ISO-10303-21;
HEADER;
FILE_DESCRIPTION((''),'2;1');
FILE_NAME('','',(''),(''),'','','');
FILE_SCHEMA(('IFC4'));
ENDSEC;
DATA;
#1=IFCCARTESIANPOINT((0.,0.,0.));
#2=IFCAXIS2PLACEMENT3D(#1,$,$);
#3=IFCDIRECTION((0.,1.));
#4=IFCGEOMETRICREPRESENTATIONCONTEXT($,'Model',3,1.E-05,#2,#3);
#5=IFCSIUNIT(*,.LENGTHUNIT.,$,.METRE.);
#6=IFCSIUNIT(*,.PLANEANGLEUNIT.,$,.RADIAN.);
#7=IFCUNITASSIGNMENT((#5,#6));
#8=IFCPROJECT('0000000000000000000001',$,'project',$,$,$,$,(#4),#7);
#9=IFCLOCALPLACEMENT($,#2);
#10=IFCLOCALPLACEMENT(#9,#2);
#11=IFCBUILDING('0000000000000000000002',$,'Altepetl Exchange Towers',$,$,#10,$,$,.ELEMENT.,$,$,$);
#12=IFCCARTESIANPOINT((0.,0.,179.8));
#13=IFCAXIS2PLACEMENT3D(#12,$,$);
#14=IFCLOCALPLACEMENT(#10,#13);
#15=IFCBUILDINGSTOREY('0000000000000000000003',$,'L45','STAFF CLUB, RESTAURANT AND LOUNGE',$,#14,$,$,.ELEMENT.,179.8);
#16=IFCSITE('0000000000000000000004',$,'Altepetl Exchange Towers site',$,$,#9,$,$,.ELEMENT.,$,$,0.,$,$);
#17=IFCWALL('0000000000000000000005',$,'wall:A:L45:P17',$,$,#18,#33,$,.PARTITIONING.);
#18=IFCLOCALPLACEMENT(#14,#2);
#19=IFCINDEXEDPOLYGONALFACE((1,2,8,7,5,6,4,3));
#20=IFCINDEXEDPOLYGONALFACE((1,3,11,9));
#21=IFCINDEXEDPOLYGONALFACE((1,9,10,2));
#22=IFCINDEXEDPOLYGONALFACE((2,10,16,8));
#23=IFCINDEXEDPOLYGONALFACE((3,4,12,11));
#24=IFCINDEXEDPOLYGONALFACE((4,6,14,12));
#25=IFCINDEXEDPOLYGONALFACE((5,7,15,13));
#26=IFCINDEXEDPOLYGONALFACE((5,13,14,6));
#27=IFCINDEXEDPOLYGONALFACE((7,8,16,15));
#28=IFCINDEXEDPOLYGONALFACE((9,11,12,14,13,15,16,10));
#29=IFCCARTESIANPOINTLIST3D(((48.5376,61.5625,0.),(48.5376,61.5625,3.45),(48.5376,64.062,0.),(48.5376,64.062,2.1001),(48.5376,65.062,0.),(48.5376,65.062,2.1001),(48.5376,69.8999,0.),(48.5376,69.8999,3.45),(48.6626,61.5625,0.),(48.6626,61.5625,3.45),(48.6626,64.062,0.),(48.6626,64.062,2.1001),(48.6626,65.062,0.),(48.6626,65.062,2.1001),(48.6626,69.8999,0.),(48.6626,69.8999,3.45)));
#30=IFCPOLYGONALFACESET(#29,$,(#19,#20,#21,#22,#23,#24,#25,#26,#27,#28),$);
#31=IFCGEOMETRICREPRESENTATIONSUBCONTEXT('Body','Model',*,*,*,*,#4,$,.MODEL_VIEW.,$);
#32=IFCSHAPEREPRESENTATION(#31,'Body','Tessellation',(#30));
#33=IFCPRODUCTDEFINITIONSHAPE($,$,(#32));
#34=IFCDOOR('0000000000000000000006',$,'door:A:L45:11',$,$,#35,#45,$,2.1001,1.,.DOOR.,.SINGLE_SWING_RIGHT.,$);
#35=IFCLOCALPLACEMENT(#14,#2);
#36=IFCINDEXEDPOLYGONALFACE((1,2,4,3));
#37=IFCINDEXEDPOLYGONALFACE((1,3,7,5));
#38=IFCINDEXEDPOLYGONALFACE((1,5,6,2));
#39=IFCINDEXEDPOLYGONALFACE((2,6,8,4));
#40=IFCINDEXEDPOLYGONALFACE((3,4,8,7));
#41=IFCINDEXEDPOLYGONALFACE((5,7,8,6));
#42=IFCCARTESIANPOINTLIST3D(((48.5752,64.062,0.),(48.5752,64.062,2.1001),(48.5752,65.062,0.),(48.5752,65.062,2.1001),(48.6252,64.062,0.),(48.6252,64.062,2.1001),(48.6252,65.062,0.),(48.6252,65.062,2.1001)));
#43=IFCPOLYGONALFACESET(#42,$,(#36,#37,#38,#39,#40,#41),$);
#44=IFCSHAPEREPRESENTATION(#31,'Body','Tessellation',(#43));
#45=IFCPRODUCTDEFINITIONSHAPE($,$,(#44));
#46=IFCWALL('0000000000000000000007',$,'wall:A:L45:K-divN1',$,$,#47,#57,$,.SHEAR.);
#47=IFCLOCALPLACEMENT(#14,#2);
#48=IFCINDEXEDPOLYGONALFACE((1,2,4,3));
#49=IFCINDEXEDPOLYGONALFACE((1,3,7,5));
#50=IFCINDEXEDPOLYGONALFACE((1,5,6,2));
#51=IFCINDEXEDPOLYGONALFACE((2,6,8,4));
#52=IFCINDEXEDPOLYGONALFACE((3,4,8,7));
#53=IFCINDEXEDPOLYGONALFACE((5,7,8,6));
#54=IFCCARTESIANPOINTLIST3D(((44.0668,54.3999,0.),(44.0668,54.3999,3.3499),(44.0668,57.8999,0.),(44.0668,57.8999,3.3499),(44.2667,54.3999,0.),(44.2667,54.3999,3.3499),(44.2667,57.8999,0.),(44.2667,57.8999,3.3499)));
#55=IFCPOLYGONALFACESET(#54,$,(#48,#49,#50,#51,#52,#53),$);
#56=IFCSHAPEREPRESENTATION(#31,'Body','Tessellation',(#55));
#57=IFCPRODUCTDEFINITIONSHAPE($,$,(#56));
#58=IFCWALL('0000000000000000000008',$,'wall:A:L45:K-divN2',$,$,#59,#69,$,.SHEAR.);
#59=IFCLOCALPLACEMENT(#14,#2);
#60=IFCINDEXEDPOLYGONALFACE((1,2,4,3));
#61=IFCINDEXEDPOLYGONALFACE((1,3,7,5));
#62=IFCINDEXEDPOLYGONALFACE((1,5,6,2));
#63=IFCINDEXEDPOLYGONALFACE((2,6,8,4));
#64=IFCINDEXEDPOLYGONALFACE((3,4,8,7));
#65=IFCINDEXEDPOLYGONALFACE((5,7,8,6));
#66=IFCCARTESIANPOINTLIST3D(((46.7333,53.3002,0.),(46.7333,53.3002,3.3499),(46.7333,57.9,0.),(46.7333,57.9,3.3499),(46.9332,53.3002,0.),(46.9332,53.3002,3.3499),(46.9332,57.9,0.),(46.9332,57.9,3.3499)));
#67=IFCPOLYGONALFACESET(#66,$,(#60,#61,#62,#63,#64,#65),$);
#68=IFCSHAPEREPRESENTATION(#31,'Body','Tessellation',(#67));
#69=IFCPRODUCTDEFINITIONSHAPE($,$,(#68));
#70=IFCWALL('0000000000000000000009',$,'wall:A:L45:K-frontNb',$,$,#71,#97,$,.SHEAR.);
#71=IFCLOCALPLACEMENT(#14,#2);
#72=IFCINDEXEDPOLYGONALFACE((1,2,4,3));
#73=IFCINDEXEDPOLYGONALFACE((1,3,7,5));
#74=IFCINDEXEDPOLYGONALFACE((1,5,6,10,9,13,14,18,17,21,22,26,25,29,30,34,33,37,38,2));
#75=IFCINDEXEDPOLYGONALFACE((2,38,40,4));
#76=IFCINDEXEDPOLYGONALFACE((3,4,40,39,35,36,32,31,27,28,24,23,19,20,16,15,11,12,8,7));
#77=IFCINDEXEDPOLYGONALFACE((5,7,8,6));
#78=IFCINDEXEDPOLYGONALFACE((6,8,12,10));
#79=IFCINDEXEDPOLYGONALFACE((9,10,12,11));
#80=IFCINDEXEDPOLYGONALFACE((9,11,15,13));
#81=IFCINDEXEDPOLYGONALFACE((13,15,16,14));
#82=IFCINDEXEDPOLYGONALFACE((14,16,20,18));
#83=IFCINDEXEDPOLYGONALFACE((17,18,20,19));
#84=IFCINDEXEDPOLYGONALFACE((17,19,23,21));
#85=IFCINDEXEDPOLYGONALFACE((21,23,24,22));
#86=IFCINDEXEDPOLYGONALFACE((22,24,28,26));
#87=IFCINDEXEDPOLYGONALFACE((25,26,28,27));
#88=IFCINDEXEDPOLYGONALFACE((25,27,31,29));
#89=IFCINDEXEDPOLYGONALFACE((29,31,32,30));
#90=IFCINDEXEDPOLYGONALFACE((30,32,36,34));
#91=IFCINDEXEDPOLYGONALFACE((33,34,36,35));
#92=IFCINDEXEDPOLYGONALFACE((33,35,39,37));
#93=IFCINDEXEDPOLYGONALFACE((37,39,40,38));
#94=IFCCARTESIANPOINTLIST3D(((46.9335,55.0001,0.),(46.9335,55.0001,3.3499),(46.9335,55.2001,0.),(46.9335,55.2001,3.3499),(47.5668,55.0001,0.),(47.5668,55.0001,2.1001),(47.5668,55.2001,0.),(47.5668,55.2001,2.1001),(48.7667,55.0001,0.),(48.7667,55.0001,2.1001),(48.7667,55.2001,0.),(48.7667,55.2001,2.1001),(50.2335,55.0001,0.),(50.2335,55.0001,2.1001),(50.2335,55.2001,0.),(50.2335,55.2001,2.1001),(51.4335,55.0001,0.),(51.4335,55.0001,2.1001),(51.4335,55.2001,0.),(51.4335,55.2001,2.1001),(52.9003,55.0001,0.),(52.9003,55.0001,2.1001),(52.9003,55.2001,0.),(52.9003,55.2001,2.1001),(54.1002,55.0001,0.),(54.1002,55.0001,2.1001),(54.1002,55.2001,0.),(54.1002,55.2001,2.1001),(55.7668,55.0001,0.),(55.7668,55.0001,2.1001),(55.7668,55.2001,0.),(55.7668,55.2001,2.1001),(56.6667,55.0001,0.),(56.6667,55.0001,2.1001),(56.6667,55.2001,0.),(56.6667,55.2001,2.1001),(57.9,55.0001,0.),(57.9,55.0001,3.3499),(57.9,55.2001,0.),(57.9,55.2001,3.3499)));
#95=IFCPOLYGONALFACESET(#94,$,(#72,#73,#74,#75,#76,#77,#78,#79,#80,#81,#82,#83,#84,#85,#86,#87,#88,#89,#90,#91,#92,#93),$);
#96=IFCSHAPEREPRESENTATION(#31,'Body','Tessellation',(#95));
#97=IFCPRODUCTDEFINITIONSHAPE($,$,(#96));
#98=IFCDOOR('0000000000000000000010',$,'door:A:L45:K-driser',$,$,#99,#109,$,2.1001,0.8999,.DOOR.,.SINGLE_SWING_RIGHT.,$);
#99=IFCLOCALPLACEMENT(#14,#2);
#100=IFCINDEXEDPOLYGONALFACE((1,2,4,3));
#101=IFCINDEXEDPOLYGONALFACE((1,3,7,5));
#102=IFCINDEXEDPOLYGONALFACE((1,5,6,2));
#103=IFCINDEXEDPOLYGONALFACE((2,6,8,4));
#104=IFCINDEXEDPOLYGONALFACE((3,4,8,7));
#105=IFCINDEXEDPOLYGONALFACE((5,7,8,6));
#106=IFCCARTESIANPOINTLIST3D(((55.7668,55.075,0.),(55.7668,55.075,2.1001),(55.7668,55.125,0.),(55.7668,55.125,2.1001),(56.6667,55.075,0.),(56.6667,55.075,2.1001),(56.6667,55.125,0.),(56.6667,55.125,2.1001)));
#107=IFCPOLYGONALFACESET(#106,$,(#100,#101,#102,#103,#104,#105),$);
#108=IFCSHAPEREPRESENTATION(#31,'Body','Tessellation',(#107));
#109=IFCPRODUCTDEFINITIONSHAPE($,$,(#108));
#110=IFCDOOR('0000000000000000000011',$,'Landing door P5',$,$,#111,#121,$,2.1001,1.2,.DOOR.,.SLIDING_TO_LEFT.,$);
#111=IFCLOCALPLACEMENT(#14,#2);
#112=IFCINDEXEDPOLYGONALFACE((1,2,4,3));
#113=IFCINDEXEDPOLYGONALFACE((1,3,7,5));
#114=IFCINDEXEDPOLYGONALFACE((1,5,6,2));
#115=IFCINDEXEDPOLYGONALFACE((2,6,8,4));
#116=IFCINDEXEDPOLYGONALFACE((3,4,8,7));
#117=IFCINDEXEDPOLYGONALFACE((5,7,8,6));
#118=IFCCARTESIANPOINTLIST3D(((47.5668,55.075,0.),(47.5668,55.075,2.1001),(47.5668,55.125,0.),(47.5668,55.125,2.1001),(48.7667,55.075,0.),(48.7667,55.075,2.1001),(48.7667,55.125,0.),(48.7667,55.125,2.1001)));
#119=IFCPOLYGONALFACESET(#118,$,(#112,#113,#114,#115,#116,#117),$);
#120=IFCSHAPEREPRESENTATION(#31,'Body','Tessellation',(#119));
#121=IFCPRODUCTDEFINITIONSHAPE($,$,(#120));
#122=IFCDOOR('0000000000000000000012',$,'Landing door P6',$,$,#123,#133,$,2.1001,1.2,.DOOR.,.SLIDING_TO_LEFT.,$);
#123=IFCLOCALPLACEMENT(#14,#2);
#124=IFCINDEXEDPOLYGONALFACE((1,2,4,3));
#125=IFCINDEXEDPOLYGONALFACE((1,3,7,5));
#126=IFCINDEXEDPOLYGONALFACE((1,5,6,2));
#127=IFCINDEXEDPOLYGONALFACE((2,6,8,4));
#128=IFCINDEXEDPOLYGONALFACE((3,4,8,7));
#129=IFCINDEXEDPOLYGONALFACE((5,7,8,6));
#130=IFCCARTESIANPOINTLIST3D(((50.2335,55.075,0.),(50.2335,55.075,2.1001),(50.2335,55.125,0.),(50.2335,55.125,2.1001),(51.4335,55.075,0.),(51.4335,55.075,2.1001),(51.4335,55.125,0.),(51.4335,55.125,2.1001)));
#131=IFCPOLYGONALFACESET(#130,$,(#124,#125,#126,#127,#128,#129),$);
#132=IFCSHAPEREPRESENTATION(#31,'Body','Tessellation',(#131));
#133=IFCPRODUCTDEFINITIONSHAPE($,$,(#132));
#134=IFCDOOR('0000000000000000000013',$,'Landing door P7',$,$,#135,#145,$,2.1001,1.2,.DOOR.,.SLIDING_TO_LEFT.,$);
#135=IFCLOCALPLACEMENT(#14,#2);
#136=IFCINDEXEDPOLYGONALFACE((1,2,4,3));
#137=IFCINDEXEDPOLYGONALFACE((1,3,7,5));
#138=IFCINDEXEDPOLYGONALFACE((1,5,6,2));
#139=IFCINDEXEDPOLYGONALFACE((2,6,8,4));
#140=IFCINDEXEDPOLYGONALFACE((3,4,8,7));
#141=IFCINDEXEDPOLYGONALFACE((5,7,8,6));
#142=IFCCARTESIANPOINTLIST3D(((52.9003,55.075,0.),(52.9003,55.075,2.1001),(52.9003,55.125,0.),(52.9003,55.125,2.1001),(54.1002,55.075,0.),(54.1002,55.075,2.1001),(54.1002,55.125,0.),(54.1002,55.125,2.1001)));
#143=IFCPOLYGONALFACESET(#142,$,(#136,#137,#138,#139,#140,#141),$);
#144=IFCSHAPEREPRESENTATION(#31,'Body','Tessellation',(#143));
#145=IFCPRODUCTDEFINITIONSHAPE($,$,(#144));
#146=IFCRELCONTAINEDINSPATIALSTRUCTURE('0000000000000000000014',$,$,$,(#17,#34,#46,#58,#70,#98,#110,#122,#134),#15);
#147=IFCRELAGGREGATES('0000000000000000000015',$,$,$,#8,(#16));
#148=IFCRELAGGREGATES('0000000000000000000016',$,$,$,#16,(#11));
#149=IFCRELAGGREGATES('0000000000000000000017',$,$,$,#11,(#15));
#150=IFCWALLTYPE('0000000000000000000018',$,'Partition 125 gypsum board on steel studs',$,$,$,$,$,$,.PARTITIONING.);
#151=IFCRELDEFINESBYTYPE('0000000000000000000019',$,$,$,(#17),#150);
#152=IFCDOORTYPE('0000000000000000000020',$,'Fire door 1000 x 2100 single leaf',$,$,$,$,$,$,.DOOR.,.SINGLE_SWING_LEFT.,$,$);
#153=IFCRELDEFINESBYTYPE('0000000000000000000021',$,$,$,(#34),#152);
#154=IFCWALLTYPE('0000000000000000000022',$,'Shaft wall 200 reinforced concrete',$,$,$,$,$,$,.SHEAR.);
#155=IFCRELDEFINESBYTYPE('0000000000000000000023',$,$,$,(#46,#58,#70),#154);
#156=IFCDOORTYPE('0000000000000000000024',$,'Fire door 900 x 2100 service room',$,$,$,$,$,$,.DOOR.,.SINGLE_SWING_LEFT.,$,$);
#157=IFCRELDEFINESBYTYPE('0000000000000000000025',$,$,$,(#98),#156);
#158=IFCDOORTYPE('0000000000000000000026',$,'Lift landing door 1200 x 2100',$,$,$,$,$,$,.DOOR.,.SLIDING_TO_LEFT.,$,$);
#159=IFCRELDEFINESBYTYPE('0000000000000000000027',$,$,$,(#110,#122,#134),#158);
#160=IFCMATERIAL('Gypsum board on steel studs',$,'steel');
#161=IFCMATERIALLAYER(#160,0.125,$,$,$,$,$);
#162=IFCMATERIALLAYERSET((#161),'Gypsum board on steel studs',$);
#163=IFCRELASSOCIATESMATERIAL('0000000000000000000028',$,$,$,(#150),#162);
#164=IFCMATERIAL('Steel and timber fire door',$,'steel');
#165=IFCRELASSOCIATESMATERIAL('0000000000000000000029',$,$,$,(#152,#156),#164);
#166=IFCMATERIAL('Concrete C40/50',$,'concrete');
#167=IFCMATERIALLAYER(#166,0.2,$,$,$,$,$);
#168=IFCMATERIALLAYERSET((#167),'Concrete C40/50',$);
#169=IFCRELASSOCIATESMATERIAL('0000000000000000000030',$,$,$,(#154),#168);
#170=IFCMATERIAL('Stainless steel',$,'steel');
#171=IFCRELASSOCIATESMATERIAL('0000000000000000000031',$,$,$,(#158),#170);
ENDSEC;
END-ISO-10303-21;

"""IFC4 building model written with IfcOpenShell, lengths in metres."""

from ifc_helpers import new_model, si_unit, direction, frame, frame_2d, origin, place, context, subcontext, project, spatial, rectangle, extrude, material, layer, layer_set, type_object, element, fill, save


model = new_model("IFC4")

# Units and contexts
model_context = context("Model", 3, precision=1e-05, world=origin(), true_north=direction((0.0, 1.0)))
body_context = subcontext(model_context, "Body", "Model", "MODEL_VIEW")
ifc_project = project(units=[si_unit("LENGTHUNIT", "METRE"), si_unit("PLANEANGLEUNIT", "RADIAN")], contexts=[model_context])

# Site, building, storey
site_placement = place(None, origin())
site = spatial("IfcSite", under=ifc_project, at=site_placement, Name="Altepetl Exchange Towers site", CompositionType="ELEMENT", RefElevation=0.0)
building_placement = place(site_placement, origin())
building = spatial("IfcBuilding", under=site, at=building_placement, Name="Altepetl Exchange Towers", CompositionType="ELEMENT")
storey_placement = place(building_placement, frame((0.0, 0.0, 179.8)))
storey = spatial("IfcBuildingStorey", under=building, at=storey_placement, Name="L45", Description="STAFF CLUB, RESTAURANT AND LOUNGE", CompositionType="ELEMENT", Elevation=179.8)

# Shared definitions
ifc_material_1 = material(Name="Steel and timber fire door", Category="steel")

# Shared definitions
ifc_material_2 = material(Name="Gypsum board on steel studs", Category="steel")
ifc_layer_1 = layer(ifc_material_2, 0.125)
ifc_layer_set_1 = layer_set([ifc_layer_1], Name="Gypsum board on steel studs")
wall_type_1 = type_object("IfcWallType", Name="Partition 125 gypsum board on steel studs", PredefinedType="PARTITIONING", material=ifc_layer_set_1)

# Wall, opening, door
wall_1_placement = place(storey_placement, frame((48.6001, 61.5625, 0.0), z_axis=(0.0, 0.0, 1.0), x_axis=(0.0, 1.0, 0.0)))
wall_1 = element("IfcWall", 1, at=wall_1_placement, inside=storey, type_object=wall_type_1, Name="wall:A:L45:P17", PredefinedType="PARTITIONING", context=body_context, shape_type="SweptSolid", body=[
    extrude(rectangle(XDim=8.3374, YDim=0.125, at=frame_2d((4.1687, 0.0))), origin(), (0.0, 0.0, 1.0), 3.45),
])
opening_1_placement = place(wall_1_placement, frame((2.4995, 0.0, 0.0)))
opening_1 = element("IfcOpeningElement", 2, at=opening_1_placement, cuts=wall_1, PredefinedType="OPENING", context=body_context, shape_type="SweptSolid", body=[
    extrude(rectangle(XDim=1.0, YDim=2.1001, at=frame_2d((0.5, 1.05))), frame((0.0, 0.0725, 0.0), z_axis=(0.0, -1.0, 0.0), x_axis=(1.0, 0.0, 0.0)), (0.0, 0.0, 1.0), 0.145),
])
door_type_1 = type_object("IfcDoorType", Name="Fire door 1000 x 2100 single leaf", OperationType="SINGLE_SWING_LEFT", PredefinedType="DOOR", material=ifc_material_1)
door_1_placement = place(opening_1_placement, origin())
door_1 = element("IfcDoor", 3, at=door_1_placement, inside=storey, type_object=door_type_1, Name="door:A:L45:11", OperationType="SINGLE_SWING_RIGHT", OverallHeight=2.1001, OverallWidth=1.0, PredefinedType="DOOR", context=body_context, shape_type="SweptSolid", body=[
    extrude(rectangle(XDim=1.0, YDim=2.1001, at=frame_2d((0.5, 1.05))), frame((0.0, 0.0249, 0.0), z_axis=(0.0, -1.0, 0.0), x_axis=(1.0, 0.0, 0.0)), (0.0, 0.0, 1.0), 0.05),
])
fill(opening_1, door_1)

# Walls
ifc_material_3 = material(Name="Concrete C40/50", Category="concrete")
ifc_layer_2 = layer(ifc_material_3, 0.2)
ifc_layer_set_2 = layer_set([ifc_layer_2], Name="Concrete C40/50")
wall_type_2 = type_object("IfcWallType", Name="Shaft wall 200 reinforced concrete", PredefinedType="SHEAR", material=ifc_layer_set_2)
wall_2_placement = place(storey_placement, frame((44.1667, 57.8999, 0.0), z_axis=(0.0, 0.0, 1.0), x_axis=(0.0, -1.0, 0.0)))
element("IfcWall", 4, at=wall_2_placement, inside=storey, type_object=wall_type_2, Name="wall:A:L45:K-divN1", PredefinedType="SHEAR", context=body_context, shape_type="SweptSolid", body=[
    extrude(rectangle(XDim=3.5, YDim=0.2, at=frame_2d((1.75, 0.0))), origin(), (0.0, 0.0, 1.0), 3.3499),
])
wall_3_placement = place(storey_placement, frame((46.8333, 57.8999, 0.0), z_axis=(0.0, 0.0, 1.0), x_axis=(0.0, -1.0, 0.0)))
element("IfcWall", 5, at=wall_3_placement, inside=storey, type_object=wall_type_2, Name="wall:A:L45:K-divN2", PredefinedType="SHEAR", context=body_context, shape_type="SweptSolid", body=[
    extrude(rectangle(XDim=4.5999, YDim=0.2, at=frame_2d((2.2998, 0.0))), origin(), (0.0, 0.0, 1.0), 3.3499),
])

# Wall, openings, doors
wall_4_placement = place(storey_placement, frame((46.9333, 55.1001, 0.0)))
wall_4 = element("IfcWall", 6, at=wall_4_placement, inside=storey, type_object=wall_type_2, Name="wall:A:L45:K-frontNb", PredefinedType="SHEAR", context=body_context, shape_type="SweptSolid", body=[
    extrude(rectangle(XDim=10.9666, YDim=0.2, at=frame_2d((5.4834, 0.0))), origin(), (0.0, 0.0, 1.0), 3.3499),
])
opening_2_placement = place(wall_4_placement, frame((8.8335, 0.0, 0.0)))
opening_2 = element("IfcOpeningElement", 7, at=opening_2_placement, cuts=wall_4, PredefinedType="OPENING", context=body_context, shape_type="SweptSolid", body=[
    extrude(rectangle(XDim=0.8999, YDim=2.1001, at=frame_2d((0.45, 1.05))), frame((0.0, 0.1099, 0.0), z_axis=(0.0, -1.0, 0.0), x_axis=(1.0, 0.0, 0.0)), (0.0, 0.0, 1.0), 0.22),
])
opening_3_placement = place(wall_4_placement, frame((0.6333, 0.0, 0.0)))
opening_3 = element("IfcOpeningElement", 8, at=opening_3_placement, cuts=wall_4, PredefinedType="OPENING", context=body_context, shape_type="SweptSolid", body=[
    extrude(rectangle(XDim=1.2, YDim=2.1001, at=frame_2d((0.6001, 1.05))), frame((0.0, 0.1099, 0.0), z_axis=(0.0, -1.0, 0.0), x_axis=(1.0, 0.0, 0.0)), (0.0, 0.0, 1.0), 0.22),
])
opening_4_placement = place(wall_4_placement, frame((3.3, 0.0, 0.0)))
opening_4 = element("IfcOpeningElement", 9, at=opening_4_placement, cuts=wall_4, PredefinedType="OPENING", context=body_context, shape_type="SweptSolid", body=[
    extrude(rectangle(XDim=1.2, YDim=2.1001, at=frame_2d((0.6001, 1.05))), frame((0.0, 0.1099, 0.0), z_axis=(0.0, -1.0, 0.0), x_axis=(1.0, 0.0, 0.0)), (0.0, 0.0, 1.0), 0.22),
])
opening_5_placement = place(wall_4_placement, frame((5.9668, 0.0, 0.0)))
opening_5 = element("IfcOpeningElement", 10, at=opening_5_placement, cuts=wall_4, PredefinedType="OPENING", context=body_context, shape_type="SweptSolid", body=[
    extrude(rectangle(XDim=1.2, YDim=2.1001, at=frame_2d((0.6001, 1.05))), frame((0.0, 0.1099, 0.0), z_axis=(0.0, -1.0, 0.0), x_axis=(1.0, 0.0, 0.0)), (0.0, 0.0, 1.0), 0.22),
])
door_type_2 = type_object("IfcDoorType", Name="Fire door 900 x 2100 service room", OperationType="SINGLE_SWING_LEFT", PredefinedType="DOOR", material=ifc_material_1)
door_2_placement = place(opening_2_placement, origin())
door_2 = element("IfcDoor", 11, at=door_2_placement, inside=storey, type_object=door_type_2, Name="door:A:L45:K-driser", OperationType="SINGLE_SWING_RIGHT", OverallHeight=2.1001, OverallWidth=0.8999, PredefinedType="DOOR", context=body_context, shape_type="SweptSolid", body=[
    extrude(rectangle(XDim=0.8999, YDim=2.1001, at=frame_2d((0.45, 1.05))), frame((0.0, 0.0249, 0.0), z_axis=(0.0, -1.0, 0.0), x_axis=(1.0, 0.0, 0.0)), (0.0, 0.0, 1.0), 0.05),
])
fill(opening_2, door_2)
ifc_material_4 = material(Name="Stainless steel", Category="steel")
door_type_3 = type_object("IfcDoorType", Name="Lift landing door 1200 x 2100", OperationType="SLIDING_TO_LEFT", PredefinedType="DOOR", material=ifc_material_4)
door_3_placement = place(opening_3_placement, origin())
door_3 = element("IfcDoor", 12, at=door_3_placement, inside=storey, type_object=door_type_3, Name="Landing door P5", OperationType="SLIDING_TO_LEFT", OverallHeight=2.1001, OverallWidth=1.2, PredefinedType="DOOR", context=body_context, shape_type="SweptSolid", body=[
    extrude(rectangle(XDim=1.2, YDim=2.1001, at=frame_2d((0.6001, 1.05))), frame((0.0, 0.0249, 0.0), z_axis=(0.0, -1.0, 0.0), x_axis=(1.0, 0.0, 0.0)), (0.0, 0.0, 1.0), 0.05),
])
fill(opening_3, door_3)
door_4_placement = place(opening_4_placement, origin())
door_4 = element("IfcDoor", 13, at=door_4_placement, inside=storey, type_object=door_type_3, Name="Landing door P6", OperationType="SLIDING_TO_LEFT", OverallHeight=2.1001, OverallWidth=1.2, PredefinedType="DOOR", context=body_context, shape_type="SweptSolid", body=[
    extrude(rectangle(XDim=1.2, YDim=2.1001, at=frame_2d((0.6001, 1.05))), frame((0.0, 0.0249, 0.0), z_axis=(0.0, -1.0, 0.0), x_axis=(1.0, 0.0, 0.0)), (0.0, 0.0, 1.0), 0.05),
])
fill(opening_4, door_4)
door_5_placement = place(opening_5_placement, origin())
door_5 = element("IfcDoor", 14, at=door_5_placement, inside=storey, type_object=door_type_3, Name="Landing door P7", OperationType="SLIDING_TO_LEFT", OverallHeight=2.1001, OverallWidth=1.2, PredefinedType="DOOR", context=body_context, shape_type="SweptSolid", body=[
    extrude(rectangle(XDim=1.2, YDim=2.1001, at=frame_2d((0.6001, 1.05))), frame((0.0, 0.0249, 0.0), z_axis=(0.0, -1.0, 0.0), x_axis=(1.0, 0.0, 0.0)), (0.0, 0.0, 1.0), 0.05),
])
fill(opening_5, door_5)

save(model, "model.ifc")
